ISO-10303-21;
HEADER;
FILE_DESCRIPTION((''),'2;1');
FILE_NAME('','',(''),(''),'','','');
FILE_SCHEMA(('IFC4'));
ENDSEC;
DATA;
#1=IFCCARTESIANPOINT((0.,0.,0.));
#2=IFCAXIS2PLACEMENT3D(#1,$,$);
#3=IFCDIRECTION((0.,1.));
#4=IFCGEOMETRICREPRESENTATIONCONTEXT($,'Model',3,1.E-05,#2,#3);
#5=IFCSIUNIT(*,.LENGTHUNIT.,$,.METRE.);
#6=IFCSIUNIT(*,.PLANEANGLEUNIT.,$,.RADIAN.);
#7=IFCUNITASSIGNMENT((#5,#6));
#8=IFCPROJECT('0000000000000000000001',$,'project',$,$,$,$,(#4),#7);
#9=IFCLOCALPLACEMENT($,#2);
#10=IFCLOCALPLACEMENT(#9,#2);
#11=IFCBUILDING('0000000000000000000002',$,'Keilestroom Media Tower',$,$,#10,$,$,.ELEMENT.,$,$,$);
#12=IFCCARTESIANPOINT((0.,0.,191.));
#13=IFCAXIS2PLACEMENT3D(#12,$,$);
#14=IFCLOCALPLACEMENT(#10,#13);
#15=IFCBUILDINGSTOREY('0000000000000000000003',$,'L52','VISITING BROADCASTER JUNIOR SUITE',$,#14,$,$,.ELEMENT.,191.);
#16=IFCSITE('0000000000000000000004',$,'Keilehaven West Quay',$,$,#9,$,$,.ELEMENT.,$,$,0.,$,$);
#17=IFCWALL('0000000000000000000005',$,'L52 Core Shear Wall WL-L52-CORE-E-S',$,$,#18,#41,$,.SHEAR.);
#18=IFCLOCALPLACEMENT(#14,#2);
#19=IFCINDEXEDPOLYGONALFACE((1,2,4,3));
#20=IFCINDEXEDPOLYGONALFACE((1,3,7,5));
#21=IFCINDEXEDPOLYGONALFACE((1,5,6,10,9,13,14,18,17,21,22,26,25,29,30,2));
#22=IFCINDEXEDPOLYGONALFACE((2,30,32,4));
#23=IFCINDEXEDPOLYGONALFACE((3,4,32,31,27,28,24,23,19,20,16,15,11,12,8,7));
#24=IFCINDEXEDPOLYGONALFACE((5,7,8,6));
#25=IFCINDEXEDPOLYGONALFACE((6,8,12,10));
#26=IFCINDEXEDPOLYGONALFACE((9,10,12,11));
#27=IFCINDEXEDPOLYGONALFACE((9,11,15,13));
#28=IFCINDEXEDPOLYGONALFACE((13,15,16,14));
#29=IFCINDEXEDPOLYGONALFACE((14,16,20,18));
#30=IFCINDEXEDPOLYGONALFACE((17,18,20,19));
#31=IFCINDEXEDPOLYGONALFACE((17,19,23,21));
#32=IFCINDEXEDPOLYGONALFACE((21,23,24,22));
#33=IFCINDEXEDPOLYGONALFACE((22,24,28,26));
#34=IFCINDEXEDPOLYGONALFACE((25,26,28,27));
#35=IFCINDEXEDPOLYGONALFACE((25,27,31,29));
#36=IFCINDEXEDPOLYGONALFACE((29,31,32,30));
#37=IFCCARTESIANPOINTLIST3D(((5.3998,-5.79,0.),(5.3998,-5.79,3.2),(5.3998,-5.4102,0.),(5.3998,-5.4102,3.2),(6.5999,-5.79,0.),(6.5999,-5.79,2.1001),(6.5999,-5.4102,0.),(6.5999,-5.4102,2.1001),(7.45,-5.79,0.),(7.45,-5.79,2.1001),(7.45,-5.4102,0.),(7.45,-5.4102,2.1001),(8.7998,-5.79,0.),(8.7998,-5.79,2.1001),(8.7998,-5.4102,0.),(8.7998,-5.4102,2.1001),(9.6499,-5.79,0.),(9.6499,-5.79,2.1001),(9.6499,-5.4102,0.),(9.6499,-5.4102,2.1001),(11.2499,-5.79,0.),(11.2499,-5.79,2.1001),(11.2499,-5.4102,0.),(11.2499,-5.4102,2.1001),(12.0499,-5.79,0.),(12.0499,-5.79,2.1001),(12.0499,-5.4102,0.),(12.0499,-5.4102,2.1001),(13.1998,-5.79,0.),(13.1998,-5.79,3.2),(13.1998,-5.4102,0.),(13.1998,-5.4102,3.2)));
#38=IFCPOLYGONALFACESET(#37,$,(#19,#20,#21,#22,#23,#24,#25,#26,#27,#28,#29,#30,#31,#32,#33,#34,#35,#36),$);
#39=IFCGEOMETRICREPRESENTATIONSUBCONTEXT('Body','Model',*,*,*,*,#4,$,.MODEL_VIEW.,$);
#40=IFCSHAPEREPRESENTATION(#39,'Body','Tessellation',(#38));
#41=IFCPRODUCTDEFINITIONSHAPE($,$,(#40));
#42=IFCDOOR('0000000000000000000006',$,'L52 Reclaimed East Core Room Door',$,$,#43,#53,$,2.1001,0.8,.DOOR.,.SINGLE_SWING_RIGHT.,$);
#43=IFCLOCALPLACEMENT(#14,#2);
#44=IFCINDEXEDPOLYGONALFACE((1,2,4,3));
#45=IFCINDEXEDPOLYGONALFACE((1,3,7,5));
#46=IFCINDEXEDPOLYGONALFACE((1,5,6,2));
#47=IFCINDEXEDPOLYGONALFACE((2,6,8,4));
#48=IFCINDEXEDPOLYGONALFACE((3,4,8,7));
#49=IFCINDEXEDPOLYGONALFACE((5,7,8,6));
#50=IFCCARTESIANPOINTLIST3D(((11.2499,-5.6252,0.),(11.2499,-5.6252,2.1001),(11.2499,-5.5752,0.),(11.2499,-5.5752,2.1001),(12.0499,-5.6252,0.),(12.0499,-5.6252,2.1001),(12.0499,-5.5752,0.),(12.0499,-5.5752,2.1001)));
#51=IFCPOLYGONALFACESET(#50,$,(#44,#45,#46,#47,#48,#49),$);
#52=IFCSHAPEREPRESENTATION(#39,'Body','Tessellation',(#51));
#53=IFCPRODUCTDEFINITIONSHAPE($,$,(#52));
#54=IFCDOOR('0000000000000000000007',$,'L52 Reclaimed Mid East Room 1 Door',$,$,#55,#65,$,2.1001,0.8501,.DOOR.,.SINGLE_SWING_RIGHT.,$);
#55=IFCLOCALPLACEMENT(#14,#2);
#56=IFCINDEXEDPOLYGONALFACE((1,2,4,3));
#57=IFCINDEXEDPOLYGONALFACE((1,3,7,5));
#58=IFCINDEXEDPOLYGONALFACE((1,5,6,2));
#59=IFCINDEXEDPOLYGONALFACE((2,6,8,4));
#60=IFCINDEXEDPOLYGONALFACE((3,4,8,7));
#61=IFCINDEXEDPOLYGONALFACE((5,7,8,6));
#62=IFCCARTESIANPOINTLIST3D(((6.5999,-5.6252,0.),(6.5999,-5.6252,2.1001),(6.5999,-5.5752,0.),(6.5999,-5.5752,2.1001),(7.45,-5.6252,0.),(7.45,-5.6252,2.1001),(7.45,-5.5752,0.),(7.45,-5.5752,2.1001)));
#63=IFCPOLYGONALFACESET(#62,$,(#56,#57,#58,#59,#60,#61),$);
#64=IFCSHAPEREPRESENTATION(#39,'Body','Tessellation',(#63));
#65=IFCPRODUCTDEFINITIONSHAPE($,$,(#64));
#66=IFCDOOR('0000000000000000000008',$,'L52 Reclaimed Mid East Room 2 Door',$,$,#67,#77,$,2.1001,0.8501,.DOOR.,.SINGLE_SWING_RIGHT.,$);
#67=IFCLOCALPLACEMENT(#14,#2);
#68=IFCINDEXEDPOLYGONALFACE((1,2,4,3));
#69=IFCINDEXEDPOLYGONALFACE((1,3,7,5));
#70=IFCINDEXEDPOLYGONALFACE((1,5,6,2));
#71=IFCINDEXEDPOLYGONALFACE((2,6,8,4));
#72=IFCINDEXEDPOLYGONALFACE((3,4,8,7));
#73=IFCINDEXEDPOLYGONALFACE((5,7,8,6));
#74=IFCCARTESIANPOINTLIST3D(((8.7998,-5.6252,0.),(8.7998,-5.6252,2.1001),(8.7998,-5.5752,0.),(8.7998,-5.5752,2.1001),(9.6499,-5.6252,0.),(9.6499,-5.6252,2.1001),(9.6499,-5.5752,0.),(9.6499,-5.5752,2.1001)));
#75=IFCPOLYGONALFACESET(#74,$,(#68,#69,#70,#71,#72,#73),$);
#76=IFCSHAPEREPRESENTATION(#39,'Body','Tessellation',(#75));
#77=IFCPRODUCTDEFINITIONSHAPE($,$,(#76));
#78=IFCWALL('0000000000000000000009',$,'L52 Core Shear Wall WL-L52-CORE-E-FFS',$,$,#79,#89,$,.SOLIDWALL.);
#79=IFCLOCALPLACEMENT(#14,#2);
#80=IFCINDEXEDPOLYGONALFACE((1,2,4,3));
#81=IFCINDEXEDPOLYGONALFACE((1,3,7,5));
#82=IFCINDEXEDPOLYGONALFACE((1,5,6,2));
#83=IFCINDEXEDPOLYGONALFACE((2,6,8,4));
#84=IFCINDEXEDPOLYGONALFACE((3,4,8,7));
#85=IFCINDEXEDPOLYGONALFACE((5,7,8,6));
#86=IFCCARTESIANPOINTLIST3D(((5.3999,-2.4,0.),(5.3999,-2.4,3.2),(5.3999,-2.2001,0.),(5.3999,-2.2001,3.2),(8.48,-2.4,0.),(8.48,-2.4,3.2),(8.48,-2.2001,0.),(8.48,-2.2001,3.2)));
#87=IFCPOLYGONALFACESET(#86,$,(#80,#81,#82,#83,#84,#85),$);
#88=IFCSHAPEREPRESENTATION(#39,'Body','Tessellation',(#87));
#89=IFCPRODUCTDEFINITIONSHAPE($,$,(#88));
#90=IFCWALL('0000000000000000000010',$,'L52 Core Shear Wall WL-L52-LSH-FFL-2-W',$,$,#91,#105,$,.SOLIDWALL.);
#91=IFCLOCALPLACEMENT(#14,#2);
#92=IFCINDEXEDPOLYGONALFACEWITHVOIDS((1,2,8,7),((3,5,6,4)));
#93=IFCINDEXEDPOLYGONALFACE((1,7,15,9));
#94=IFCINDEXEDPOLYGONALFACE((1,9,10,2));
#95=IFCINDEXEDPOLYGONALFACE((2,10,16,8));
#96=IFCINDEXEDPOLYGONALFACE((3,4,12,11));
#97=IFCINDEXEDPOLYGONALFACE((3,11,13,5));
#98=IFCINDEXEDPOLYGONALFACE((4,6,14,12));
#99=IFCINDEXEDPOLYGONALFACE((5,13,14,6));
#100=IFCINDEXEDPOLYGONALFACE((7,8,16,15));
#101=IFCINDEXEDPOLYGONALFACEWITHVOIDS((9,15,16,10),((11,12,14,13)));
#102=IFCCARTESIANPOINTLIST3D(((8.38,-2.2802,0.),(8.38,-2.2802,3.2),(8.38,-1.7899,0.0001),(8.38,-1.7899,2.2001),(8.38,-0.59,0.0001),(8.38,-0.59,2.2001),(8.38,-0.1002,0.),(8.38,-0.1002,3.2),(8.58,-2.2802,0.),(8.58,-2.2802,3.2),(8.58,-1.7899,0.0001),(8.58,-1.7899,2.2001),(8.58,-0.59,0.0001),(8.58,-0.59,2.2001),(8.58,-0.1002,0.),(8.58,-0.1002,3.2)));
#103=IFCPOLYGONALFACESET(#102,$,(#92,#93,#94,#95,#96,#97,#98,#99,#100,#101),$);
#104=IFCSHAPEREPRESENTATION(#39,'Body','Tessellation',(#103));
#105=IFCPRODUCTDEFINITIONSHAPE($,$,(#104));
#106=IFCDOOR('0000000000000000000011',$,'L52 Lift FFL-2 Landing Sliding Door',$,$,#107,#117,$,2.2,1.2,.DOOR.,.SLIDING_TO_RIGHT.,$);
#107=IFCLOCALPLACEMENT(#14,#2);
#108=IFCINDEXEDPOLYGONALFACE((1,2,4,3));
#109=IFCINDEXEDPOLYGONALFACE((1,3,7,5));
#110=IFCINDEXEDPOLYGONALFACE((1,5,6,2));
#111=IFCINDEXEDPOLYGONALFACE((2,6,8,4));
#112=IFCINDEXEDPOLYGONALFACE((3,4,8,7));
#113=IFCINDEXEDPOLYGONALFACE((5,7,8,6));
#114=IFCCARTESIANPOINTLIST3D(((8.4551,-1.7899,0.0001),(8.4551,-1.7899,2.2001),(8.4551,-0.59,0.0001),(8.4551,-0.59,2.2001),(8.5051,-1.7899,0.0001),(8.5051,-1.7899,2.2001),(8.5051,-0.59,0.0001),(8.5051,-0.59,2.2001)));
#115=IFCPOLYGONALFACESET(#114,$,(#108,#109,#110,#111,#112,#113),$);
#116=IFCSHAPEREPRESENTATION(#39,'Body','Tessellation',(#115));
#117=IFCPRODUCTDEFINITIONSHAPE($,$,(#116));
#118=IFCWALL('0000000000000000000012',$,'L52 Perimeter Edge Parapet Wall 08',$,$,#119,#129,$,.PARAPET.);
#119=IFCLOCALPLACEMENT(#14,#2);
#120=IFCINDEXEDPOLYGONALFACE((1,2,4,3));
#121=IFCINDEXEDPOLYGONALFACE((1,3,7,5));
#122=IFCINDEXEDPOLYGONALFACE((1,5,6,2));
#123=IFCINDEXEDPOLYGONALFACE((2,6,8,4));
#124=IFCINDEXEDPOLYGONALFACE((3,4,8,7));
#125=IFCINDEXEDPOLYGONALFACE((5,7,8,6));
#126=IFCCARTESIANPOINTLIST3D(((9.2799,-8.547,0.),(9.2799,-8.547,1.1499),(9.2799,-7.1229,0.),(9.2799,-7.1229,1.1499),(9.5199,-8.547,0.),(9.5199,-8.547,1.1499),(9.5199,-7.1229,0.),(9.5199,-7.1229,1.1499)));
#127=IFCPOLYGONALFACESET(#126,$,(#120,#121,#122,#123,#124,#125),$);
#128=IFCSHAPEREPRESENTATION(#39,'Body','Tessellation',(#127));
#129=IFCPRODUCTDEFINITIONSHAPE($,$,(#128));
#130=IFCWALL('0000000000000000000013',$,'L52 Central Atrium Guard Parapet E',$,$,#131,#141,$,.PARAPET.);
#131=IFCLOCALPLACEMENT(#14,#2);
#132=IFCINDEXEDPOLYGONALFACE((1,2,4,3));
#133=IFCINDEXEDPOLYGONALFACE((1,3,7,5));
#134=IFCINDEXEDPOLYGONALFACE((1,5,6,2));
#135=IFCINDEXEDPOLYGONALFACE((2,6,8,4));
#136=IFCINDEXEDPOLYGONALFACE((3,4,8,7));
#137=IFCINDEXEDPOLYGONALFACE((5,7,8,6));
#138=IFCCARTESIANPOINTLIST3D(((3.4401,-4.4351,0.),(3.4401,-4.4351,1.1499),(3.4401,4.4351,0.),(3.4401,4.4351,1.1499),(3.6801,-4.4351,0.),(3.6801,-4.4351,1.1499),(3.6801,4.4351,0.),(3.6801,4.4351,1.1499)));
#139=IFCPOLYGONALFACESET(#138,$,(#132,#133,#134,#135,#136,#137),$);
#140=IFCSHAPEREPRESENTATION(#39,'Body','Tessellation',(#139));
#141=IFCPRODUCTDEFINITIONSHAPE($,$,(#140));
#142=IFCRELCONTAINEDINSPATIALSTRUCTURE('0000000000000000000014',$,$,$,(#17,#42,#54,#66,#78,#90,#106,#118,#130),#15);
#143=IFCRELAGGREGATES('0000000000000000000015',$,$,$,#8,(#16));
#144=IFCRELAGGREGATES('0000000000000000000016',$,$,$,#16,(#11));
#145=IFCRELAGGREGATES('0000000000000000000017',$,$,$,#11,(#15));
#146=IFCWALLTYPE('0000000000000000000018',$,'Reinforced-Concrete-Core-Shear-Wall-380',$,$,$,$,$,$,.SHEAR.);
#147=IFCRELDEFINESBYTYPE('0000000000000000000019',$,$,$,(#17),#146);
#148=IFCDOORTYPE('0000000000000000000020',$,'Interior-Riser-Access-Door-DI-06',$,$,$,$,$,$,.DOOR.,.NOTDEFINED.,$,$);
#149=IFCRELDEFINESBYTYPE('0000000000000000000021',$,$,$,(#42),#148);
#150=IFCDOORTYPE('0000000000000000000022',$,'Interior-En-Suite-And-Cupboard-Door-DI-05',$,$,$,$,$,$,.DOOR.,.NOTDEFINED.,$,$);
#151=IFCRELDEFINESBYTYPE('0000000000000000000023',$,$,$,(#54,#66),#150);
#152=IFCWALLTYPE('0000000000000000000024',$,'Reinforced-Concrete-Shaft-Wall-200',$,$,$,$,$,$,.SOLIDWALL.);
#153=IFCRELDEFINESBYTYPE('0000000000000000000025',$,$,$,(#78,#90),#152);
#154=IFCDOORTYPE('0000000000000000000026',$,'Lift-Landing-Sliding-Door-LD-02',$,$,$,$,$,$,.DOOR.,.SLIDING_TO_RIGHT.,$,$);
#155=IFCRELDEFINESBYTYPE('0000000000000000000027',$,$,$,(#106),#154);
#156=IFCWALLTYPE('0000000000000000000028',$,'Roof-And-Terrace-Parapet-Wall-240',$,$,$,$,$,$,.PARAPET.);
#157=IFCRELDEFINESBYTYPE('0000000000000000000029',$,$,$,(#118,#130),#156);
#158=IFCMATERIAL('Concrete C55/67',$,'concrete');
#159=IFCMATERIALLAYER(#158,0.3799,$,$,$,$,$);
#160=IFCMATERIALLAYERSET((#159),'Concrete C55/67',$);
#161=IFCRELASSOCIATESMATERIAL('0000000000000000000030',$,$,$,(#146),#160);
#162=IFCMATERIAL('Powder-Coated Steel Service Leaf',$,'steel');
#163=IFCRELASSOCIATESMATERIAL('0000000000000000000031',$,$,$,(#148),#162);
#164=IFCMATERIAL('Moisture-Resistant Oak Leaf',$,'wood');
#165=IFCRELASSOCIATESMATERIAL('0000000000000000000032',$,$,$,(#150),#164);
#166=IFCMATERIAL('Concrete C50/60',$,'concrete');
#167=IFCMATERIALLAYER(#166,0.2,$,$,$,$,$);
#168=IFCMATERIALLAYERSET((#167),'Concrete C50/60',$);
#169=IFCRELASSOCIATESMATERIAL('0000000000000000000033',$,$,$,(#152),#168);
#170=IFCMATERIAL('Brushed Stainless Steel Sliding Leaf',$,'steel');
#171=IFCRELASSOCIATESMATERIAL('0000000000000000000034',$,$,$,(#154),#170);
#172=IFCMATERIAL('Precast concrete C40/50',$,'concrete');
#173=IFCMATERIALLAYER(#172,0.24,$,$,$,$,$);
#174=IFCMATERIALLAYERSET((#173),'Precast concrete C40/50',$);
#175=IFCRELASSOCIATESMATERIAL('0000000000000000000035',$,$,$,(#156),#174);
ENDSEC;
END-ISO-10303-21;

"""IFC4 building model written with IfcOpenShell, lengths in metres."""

from ifc_helpers import new_model, si_unit, direction, frame, frame_2d, origin, place, context, subcontext, project, spatial, rectangle, extrude, source, transform, mapped, material, layer, layer_set, type_object, element, fill, save


model = new_model("IFC4")

# Units and contexts
model_context = context("Model", 3, precision=1e-05, world=origin(), true_north=direction((0.0, 1.0)))
body_context = subcontext(model_context, "Body", "Model", "MODEL_VIEW")
ifc_project = project(units=[si_unit("LENGTHUNIT", "METRE"), si_unit("PLANEANGLEUNIT", "RADIAN")], contexts=[model_context])

# Site, building, storey
site_placement = place(None, origin())
site = spatial("IfcSite", under=ifc_project, at=site_placement, Name="Keilehaven West Quay", CompositionType="ELEMENT", RefElevation=0.0)
building_placement = place(site_placement, origin())
building = spatial("IfcBuilding", under=site, at=building_placement, Name="Keilestroom Media Tower", CompositionType="ELEMENT")
storey_placement = place(building_placement, frame((0.0, 0.0, 191.0)))
storey = spatial("IfcBuildingStorey", under=building, at=storey_placement, Name="L52", Description="VISITING BROADCASTER JUNIOR SUITE", CompositionType="ELEMENT", Elevation=191.0)

# Wall, openings, doors
ifc_material_1 = material(Name="Concrete C55/67", Category="concrete")
ifc_layer_1 = layer(ifc_material_1, 0.3799)
ifc_layer_set_1 = layer_set([ifc_layer_1], Name="Concrete C55/67")
wall_type_1 = type_object("IfcWallType", Name="Reinforced-Concrete-Core-Shear-Wall-380", PredefinedType="SHEAR", material=ifc_layer_set_1)
shared_shape_1 = source(origin(), body_context, "Body", "SweptSolid", [
    extrude(rectangle(XDim=1.2, YDim=2.2, at=frame_2d((0.6001, 1.1001))), frame((0.0, 0.0249, 0.0), z_axis=(0.0, -1.0, 0.0), x_axis=(1.0, 0.0, 0.0)), (0.0, 0.0, 1.0), 0.05),
])
ifc_material_2 = material(Name="Powder-Coated Steel Service Leaf", Category="steel")
door_type_1 = type_object("IfcDoorType", Name="Interior-Riser-Access-Door-DI-06", OperationType="NOTDEFINED", PredefinedType="DOOR", material=ifc_material_2)
shared_shape_2 = source(origin(), body_context, "Body", "SweptSolid", [
    extrude(rectangle(XDim=0.8, YDim=2.1001, at=frame_2d((0.3999, 1.05))), frame((0.0, 0.0249, 0.0), z_axis=(0.0, -1.0, 0.0), x_axis=(1.0, 0.0, 0.0)), (0.0, 0.0, 1.0), 0.05),
])
wall_1_placement = place(storey_placement, frame((5.3999, -5.6001, 0.0), z_axis=(0.0, 0.0, 1.0), x_axis=(1.0, 0.0, 0.0)))
wall_1 = element("IfcWall", 1, at=wall_1_placement, inside=storey, type_object=wall_type_1, Name="L52 Core Shear Wall WL-L52-CORE-E-S", PredefinedType="SHEAR", context=body_context, shape_type="SweptSolid", body=[
    extrude(rectangle(XDim=7.8, YDim=0.3799, at=frame_2d((3.8999, 0.0))), origin(), (0.0, 0.0, 1.0), 3.2),
])
opening_1_placement = place(wall_1_placement, frame((5.8501, 0.0, 0.0)))
opening_1 = element("IfcOpeningElement", 2, at=opening_1_placement, cuts=wall_1, PredefinedType="OPENING", context=body_context, shape_type="SweptSolid", body=[
    extrude(rectangle(XDim=0.8, YDim=2.1001, at=frame_2d((0.3999, 1.05))), frame((0.0, 0.2, 0.0), z_axis=(0.0, -1.0, 0.0), x_axis=(1.0, 0.0, 0.0)), (0.0, 0.0, 1.0), 0.3999),
])
opening_2_placement = place(wall_1_placement, frame((1.2, 0.0, 0.0)))
opening_2 = element("IfcOpeningElement", 3, at=opening_2_placement, cuts=wall_1, PredefinedType="OPENING", context=body_context, shape_type="SweptSolid", body=[
    extrude(rectangle(XDim=0.8501, YDim=2.1001, at=frame_2d((0.425, 1.05))), frame((0.0, 0.2, 0.0), z_axis=(0.0, -1.0, 0.0), x_axis=(1.0, 0.0, 0.0)), (0.0, 0.0, 1.0), 0.3999),
])
opening_3_placement = place(wall_1_placement, frame((3.3999, 0.0, 0.0)))
opening_3 = element("IfcOpeningElement", 4, at=opening_3_placement, cuts=wall_1, PredefinedType="OPENING", context=body_context, shape_type="SweptSolid", body=[
    extrude(rectangle(XDim=0.8501, YDim=2.1001, at=frame_2d((0.425, 1.05))), frame((0.0, 0.2, 0.0), z_axis=(0.0, -1.0, 0.0), x_axis=(1.0, 0.0, 0.0)), (0.0, 0.0, 1.0), 0.3999),
])
door_1_placement = place(opening_1_placement, origin())
door_1 = element("IfcDoor", 5, at=door_1_placement, inside=storey, type_object=door_type_1, Name="L52 Reclaimed East Core Room Door", OperationType="SINGLE_SWING_RIGHT", OverallHeight=2.1001, OverallWidth=0.8, PredefinedType="DOOR", context=body_context, shape_type="MappedRepresentation", body=[
    mapped(shared_shape_2, transform((0.0, 0.0, 0.0), x_axis=(1.0, 0.0, 0.0), y_axis=(0.0, 1.0, 0.0), z_axis=(0.0, 0.0, 1.0), scale=1.0)),
])
fill(opening_1, door_1)
ifc_material_3 = material(Name="Moisture-Resistant Oak Leaf", Category="wood")
door_type_2 = type_object("IfcDoorType", Name="Interior-En-Suite-And-Cupboard-Door-DI-05", OperationType="NOTDEFINED", PredefinedType="DOOR", material=ifc_material_3)
shared_shape_3 = source(origin(), body_context, "Body", "SweptSolid", [
    extrude(rectangle(XDim=0.8501, YDim=2.1001, at=frame_2d((0.425, 1.05))), frame((0.0, 0.0249, 0.0), z_axis=(0.0, -1.0, 0.0), x_axis=(1.0, 0.0, 0.0)), (0.0, 0.0, 1.0), 0.05),
])
door_2_placement = place(opening_2_placement, origin())
door_2 = element("IfcDoor", 6, at=door_2_placement, inside=storey, type_object=door_type_2, Name="L52 Reclaimed Mid East Room 1 Door", OperationType="SINGLE_SWING_RIGHT", OverallHeight=2.1001, OverallWidth=0.8501, PredefinedType="DOOR", context=body_context, shape_type="MappedRepresentation", body=[
    mapped(shared_shape_3, transform((0.0, 0.0, 0.0), x_axis=(1.0, 0.0, 0.0), y_axis=(0.0, 1.0, 0.0), z_axis=(0.0, 0.0, 1.0), scale=1.0)),
])
fill(opening_2, door_2)
door_3_placement = place(opening_3_placement, origin())
door_3 = element("IfcDoor", 7, at=door_3_placement, inside=storey, type_object=door_type_2, Name="L52 Reclaimed Mid East Room 2 Door", OperationType="SINGLE_SWING_RIGHT", OverallHeight=2.1001, OverallWidth=0.8501, PredefinedType="DOOR", context=body_context, shape_type="MappedRepresentation", body=[
    mapped(shared_shape_3, transform((0.0, 0.0, 0.0), x_axis=(1.0, 0.0, 0.0), y_axis=(0.0, 1.0, 0.0), z_axis=(0.0, 0.0, 1.0), scale=1.0)),
])
fill(opening_3, door_3)

# Wall
ifc_material_4 = material(Name="Concrete C50/60", Category="concrete")
ifc_layer_2 = layer(ifc_material_4, 0.2)
ifc_layer_set_2 = layer_set([ifc_layer_2], Name="Concrete C50/60")
wall_type_2 = type_object("IfcWallType", Name="Reinforced-Concrete-Shaft-Wall-200", PredefinedType="SOLIDWALL", material=ifc_layer_set_2)
wall_2_placement = place(storey_placement, frame((5.3999, -2.3, 0.0), z_axis=(0.0, 0.0, 1.0), x_axis=(1.0, 0.0, 0.0)))
element("IfcWall", 8, at=wall_2_placement, inside=storey, type_object=wall_type_2, Name="L52 Core Shear Wall WL-L52-CORE-E-FFS", PredefinedType="SOLIDWALL", context=body_context, shape_type="SweptSolid", body=[
    extrude(rectangle(XDim=3.0801, YDim=0.2, at=frame_2d((1.54, 0.0))), origin(), (0.0, 0.0, 1.0), 3.2),
])

# Wall, opening, door
wall_3_placement = place(storey_placement, frame((8.48, -2.28, 0.0), z_axis=(0.0, 0.0, 1.0), x_axis=(0.0, 1.0, 0.0)))
wall_3 = element("IfcWall", 9, at=wall_3_placement, inside=storey, type_object=wall_type_2, Name="L52 Core Shear Wall WL-L52-LSH-FFL-2-W", PredefinedType="SOLIDWALL", context=body_context, shape_type="SweptSolid", body=[
    extrude(rectangle(XDim=2.1799, YDim=0.2, at=frame_2d((1.0898, 0.0))), origin(), (0.0, 0.0, 1.0), 3.2),
])
opening_4_placement = place(wall_3_placement, frame((0.49, 0.0, 0.0)))
opening_4 = element("IfcOpeningElement", 10, at=opening_4_placement, cuts=wall_3, PredefinedType="OPENING", context=body_context, shape_type="SweptSolid", body=[
    extrude(rectangle(XDim=1.2, YDim=2.2, at=frame_2d((0.6001, 1.1001))), frame((0.0, 0.1099, 0.0), z_axis=(0.0, -1.0, 0.0), x_axis=(1.0, 0.0, 0.0)), (0.0, 0.0, 1.0), 0.22),
])
ifc_material_5 = material(Name="Brushed Stainless Steel Sliding Leaf", Category="steel")
door_type_3 = type_object("IfcDoorType", Name="Lift-Landing-Sliding-Door-LD-02", OperationType="SLIDING_TO_RIGHT", PredefinedType="DOOR", material=ifc_material_5)
door_4_placement = place(opening_4_placement, origin())
door_4 = element("IfcDoor", 11, at=door_4_placement, inside=storey, type_object=door_type_3, Name="L52 Lift FFL-2 Landing Sliding Door", OperationType="SLIDING_TO_RIGHT", OverallHeight=2.2, OverallWidth=1.2, PredefinedType="DOOR", context=body_context, shape_type="MappedRepresentation", body=[
    mapped(shared_shape_1, transform((0.0, 0.0, 0.0), x_axis=(1.0, 0.0, 0.0), y_axis=(0.0, 1.0, 0.0), z_axis=(0.0, 0.0, 1.0), scale=1.0)),
])
fill(opening_4, door_4)

# Walls
ifc_material_6 = material(Name="Precast concrete C40/50", Category="concrete")
ifc_layer_3 = layer(ifc_material_6, 0.24)
ifc_layer_set_3 = layer_set([ifc_layer_3], Name="Precast concrete C40/50")
wall_type_3 = type_object("IfcWallType", Name="Roof-And-Terrace-Parapet-Wall-240", PredefinedType="PARAPET", material=ifc_layer_set_3)
wall_4_placement = place(storey_placement, frame((9.3999, -7.123, 0.0), z_axis=(0.0, 0.0, 1.0), x_axis=(0.0, -1.0, 0.0)))
element("IfcWall", 12, at=wall_4_placement, inside=storey, type_object=wall_type_3, Name="L52 Perimeter Edge Parapet Wall 08", PredefinedType="PARAPET", context=body_context, shape_type="SweptSolid", body=[
    extrude(rectangle(XDim=1.4241, YDim=0.24, at=frame_2d((0.7119, 0.0))), origin(), (0.0, 0.0, 1.0), 1.1499),
])
wall_5_placement = place(storey_placement, frame((3.5601, -4.4351, 0.0), z_axis=(0.0, 0.0, 1.0), x_axis=(0.0, 1.0, 0.0)))
element("IfcWall", 13, at=wall_5_placement, inside=storey, type_object=wall_type_3, Name="L52 Central Atrium Guard Parapet E", PredefinedType="PARAPET", context=body_context, shape_type="SweptSolid", body=[
    extrude(rectangle(XDim=8.8701, YDim=0.24, at=frame_2d((4.4351, 0.0))), origin(), (0.0, 0.0, 1.0), 1.1499),
])

save(model, "model.ifc")
